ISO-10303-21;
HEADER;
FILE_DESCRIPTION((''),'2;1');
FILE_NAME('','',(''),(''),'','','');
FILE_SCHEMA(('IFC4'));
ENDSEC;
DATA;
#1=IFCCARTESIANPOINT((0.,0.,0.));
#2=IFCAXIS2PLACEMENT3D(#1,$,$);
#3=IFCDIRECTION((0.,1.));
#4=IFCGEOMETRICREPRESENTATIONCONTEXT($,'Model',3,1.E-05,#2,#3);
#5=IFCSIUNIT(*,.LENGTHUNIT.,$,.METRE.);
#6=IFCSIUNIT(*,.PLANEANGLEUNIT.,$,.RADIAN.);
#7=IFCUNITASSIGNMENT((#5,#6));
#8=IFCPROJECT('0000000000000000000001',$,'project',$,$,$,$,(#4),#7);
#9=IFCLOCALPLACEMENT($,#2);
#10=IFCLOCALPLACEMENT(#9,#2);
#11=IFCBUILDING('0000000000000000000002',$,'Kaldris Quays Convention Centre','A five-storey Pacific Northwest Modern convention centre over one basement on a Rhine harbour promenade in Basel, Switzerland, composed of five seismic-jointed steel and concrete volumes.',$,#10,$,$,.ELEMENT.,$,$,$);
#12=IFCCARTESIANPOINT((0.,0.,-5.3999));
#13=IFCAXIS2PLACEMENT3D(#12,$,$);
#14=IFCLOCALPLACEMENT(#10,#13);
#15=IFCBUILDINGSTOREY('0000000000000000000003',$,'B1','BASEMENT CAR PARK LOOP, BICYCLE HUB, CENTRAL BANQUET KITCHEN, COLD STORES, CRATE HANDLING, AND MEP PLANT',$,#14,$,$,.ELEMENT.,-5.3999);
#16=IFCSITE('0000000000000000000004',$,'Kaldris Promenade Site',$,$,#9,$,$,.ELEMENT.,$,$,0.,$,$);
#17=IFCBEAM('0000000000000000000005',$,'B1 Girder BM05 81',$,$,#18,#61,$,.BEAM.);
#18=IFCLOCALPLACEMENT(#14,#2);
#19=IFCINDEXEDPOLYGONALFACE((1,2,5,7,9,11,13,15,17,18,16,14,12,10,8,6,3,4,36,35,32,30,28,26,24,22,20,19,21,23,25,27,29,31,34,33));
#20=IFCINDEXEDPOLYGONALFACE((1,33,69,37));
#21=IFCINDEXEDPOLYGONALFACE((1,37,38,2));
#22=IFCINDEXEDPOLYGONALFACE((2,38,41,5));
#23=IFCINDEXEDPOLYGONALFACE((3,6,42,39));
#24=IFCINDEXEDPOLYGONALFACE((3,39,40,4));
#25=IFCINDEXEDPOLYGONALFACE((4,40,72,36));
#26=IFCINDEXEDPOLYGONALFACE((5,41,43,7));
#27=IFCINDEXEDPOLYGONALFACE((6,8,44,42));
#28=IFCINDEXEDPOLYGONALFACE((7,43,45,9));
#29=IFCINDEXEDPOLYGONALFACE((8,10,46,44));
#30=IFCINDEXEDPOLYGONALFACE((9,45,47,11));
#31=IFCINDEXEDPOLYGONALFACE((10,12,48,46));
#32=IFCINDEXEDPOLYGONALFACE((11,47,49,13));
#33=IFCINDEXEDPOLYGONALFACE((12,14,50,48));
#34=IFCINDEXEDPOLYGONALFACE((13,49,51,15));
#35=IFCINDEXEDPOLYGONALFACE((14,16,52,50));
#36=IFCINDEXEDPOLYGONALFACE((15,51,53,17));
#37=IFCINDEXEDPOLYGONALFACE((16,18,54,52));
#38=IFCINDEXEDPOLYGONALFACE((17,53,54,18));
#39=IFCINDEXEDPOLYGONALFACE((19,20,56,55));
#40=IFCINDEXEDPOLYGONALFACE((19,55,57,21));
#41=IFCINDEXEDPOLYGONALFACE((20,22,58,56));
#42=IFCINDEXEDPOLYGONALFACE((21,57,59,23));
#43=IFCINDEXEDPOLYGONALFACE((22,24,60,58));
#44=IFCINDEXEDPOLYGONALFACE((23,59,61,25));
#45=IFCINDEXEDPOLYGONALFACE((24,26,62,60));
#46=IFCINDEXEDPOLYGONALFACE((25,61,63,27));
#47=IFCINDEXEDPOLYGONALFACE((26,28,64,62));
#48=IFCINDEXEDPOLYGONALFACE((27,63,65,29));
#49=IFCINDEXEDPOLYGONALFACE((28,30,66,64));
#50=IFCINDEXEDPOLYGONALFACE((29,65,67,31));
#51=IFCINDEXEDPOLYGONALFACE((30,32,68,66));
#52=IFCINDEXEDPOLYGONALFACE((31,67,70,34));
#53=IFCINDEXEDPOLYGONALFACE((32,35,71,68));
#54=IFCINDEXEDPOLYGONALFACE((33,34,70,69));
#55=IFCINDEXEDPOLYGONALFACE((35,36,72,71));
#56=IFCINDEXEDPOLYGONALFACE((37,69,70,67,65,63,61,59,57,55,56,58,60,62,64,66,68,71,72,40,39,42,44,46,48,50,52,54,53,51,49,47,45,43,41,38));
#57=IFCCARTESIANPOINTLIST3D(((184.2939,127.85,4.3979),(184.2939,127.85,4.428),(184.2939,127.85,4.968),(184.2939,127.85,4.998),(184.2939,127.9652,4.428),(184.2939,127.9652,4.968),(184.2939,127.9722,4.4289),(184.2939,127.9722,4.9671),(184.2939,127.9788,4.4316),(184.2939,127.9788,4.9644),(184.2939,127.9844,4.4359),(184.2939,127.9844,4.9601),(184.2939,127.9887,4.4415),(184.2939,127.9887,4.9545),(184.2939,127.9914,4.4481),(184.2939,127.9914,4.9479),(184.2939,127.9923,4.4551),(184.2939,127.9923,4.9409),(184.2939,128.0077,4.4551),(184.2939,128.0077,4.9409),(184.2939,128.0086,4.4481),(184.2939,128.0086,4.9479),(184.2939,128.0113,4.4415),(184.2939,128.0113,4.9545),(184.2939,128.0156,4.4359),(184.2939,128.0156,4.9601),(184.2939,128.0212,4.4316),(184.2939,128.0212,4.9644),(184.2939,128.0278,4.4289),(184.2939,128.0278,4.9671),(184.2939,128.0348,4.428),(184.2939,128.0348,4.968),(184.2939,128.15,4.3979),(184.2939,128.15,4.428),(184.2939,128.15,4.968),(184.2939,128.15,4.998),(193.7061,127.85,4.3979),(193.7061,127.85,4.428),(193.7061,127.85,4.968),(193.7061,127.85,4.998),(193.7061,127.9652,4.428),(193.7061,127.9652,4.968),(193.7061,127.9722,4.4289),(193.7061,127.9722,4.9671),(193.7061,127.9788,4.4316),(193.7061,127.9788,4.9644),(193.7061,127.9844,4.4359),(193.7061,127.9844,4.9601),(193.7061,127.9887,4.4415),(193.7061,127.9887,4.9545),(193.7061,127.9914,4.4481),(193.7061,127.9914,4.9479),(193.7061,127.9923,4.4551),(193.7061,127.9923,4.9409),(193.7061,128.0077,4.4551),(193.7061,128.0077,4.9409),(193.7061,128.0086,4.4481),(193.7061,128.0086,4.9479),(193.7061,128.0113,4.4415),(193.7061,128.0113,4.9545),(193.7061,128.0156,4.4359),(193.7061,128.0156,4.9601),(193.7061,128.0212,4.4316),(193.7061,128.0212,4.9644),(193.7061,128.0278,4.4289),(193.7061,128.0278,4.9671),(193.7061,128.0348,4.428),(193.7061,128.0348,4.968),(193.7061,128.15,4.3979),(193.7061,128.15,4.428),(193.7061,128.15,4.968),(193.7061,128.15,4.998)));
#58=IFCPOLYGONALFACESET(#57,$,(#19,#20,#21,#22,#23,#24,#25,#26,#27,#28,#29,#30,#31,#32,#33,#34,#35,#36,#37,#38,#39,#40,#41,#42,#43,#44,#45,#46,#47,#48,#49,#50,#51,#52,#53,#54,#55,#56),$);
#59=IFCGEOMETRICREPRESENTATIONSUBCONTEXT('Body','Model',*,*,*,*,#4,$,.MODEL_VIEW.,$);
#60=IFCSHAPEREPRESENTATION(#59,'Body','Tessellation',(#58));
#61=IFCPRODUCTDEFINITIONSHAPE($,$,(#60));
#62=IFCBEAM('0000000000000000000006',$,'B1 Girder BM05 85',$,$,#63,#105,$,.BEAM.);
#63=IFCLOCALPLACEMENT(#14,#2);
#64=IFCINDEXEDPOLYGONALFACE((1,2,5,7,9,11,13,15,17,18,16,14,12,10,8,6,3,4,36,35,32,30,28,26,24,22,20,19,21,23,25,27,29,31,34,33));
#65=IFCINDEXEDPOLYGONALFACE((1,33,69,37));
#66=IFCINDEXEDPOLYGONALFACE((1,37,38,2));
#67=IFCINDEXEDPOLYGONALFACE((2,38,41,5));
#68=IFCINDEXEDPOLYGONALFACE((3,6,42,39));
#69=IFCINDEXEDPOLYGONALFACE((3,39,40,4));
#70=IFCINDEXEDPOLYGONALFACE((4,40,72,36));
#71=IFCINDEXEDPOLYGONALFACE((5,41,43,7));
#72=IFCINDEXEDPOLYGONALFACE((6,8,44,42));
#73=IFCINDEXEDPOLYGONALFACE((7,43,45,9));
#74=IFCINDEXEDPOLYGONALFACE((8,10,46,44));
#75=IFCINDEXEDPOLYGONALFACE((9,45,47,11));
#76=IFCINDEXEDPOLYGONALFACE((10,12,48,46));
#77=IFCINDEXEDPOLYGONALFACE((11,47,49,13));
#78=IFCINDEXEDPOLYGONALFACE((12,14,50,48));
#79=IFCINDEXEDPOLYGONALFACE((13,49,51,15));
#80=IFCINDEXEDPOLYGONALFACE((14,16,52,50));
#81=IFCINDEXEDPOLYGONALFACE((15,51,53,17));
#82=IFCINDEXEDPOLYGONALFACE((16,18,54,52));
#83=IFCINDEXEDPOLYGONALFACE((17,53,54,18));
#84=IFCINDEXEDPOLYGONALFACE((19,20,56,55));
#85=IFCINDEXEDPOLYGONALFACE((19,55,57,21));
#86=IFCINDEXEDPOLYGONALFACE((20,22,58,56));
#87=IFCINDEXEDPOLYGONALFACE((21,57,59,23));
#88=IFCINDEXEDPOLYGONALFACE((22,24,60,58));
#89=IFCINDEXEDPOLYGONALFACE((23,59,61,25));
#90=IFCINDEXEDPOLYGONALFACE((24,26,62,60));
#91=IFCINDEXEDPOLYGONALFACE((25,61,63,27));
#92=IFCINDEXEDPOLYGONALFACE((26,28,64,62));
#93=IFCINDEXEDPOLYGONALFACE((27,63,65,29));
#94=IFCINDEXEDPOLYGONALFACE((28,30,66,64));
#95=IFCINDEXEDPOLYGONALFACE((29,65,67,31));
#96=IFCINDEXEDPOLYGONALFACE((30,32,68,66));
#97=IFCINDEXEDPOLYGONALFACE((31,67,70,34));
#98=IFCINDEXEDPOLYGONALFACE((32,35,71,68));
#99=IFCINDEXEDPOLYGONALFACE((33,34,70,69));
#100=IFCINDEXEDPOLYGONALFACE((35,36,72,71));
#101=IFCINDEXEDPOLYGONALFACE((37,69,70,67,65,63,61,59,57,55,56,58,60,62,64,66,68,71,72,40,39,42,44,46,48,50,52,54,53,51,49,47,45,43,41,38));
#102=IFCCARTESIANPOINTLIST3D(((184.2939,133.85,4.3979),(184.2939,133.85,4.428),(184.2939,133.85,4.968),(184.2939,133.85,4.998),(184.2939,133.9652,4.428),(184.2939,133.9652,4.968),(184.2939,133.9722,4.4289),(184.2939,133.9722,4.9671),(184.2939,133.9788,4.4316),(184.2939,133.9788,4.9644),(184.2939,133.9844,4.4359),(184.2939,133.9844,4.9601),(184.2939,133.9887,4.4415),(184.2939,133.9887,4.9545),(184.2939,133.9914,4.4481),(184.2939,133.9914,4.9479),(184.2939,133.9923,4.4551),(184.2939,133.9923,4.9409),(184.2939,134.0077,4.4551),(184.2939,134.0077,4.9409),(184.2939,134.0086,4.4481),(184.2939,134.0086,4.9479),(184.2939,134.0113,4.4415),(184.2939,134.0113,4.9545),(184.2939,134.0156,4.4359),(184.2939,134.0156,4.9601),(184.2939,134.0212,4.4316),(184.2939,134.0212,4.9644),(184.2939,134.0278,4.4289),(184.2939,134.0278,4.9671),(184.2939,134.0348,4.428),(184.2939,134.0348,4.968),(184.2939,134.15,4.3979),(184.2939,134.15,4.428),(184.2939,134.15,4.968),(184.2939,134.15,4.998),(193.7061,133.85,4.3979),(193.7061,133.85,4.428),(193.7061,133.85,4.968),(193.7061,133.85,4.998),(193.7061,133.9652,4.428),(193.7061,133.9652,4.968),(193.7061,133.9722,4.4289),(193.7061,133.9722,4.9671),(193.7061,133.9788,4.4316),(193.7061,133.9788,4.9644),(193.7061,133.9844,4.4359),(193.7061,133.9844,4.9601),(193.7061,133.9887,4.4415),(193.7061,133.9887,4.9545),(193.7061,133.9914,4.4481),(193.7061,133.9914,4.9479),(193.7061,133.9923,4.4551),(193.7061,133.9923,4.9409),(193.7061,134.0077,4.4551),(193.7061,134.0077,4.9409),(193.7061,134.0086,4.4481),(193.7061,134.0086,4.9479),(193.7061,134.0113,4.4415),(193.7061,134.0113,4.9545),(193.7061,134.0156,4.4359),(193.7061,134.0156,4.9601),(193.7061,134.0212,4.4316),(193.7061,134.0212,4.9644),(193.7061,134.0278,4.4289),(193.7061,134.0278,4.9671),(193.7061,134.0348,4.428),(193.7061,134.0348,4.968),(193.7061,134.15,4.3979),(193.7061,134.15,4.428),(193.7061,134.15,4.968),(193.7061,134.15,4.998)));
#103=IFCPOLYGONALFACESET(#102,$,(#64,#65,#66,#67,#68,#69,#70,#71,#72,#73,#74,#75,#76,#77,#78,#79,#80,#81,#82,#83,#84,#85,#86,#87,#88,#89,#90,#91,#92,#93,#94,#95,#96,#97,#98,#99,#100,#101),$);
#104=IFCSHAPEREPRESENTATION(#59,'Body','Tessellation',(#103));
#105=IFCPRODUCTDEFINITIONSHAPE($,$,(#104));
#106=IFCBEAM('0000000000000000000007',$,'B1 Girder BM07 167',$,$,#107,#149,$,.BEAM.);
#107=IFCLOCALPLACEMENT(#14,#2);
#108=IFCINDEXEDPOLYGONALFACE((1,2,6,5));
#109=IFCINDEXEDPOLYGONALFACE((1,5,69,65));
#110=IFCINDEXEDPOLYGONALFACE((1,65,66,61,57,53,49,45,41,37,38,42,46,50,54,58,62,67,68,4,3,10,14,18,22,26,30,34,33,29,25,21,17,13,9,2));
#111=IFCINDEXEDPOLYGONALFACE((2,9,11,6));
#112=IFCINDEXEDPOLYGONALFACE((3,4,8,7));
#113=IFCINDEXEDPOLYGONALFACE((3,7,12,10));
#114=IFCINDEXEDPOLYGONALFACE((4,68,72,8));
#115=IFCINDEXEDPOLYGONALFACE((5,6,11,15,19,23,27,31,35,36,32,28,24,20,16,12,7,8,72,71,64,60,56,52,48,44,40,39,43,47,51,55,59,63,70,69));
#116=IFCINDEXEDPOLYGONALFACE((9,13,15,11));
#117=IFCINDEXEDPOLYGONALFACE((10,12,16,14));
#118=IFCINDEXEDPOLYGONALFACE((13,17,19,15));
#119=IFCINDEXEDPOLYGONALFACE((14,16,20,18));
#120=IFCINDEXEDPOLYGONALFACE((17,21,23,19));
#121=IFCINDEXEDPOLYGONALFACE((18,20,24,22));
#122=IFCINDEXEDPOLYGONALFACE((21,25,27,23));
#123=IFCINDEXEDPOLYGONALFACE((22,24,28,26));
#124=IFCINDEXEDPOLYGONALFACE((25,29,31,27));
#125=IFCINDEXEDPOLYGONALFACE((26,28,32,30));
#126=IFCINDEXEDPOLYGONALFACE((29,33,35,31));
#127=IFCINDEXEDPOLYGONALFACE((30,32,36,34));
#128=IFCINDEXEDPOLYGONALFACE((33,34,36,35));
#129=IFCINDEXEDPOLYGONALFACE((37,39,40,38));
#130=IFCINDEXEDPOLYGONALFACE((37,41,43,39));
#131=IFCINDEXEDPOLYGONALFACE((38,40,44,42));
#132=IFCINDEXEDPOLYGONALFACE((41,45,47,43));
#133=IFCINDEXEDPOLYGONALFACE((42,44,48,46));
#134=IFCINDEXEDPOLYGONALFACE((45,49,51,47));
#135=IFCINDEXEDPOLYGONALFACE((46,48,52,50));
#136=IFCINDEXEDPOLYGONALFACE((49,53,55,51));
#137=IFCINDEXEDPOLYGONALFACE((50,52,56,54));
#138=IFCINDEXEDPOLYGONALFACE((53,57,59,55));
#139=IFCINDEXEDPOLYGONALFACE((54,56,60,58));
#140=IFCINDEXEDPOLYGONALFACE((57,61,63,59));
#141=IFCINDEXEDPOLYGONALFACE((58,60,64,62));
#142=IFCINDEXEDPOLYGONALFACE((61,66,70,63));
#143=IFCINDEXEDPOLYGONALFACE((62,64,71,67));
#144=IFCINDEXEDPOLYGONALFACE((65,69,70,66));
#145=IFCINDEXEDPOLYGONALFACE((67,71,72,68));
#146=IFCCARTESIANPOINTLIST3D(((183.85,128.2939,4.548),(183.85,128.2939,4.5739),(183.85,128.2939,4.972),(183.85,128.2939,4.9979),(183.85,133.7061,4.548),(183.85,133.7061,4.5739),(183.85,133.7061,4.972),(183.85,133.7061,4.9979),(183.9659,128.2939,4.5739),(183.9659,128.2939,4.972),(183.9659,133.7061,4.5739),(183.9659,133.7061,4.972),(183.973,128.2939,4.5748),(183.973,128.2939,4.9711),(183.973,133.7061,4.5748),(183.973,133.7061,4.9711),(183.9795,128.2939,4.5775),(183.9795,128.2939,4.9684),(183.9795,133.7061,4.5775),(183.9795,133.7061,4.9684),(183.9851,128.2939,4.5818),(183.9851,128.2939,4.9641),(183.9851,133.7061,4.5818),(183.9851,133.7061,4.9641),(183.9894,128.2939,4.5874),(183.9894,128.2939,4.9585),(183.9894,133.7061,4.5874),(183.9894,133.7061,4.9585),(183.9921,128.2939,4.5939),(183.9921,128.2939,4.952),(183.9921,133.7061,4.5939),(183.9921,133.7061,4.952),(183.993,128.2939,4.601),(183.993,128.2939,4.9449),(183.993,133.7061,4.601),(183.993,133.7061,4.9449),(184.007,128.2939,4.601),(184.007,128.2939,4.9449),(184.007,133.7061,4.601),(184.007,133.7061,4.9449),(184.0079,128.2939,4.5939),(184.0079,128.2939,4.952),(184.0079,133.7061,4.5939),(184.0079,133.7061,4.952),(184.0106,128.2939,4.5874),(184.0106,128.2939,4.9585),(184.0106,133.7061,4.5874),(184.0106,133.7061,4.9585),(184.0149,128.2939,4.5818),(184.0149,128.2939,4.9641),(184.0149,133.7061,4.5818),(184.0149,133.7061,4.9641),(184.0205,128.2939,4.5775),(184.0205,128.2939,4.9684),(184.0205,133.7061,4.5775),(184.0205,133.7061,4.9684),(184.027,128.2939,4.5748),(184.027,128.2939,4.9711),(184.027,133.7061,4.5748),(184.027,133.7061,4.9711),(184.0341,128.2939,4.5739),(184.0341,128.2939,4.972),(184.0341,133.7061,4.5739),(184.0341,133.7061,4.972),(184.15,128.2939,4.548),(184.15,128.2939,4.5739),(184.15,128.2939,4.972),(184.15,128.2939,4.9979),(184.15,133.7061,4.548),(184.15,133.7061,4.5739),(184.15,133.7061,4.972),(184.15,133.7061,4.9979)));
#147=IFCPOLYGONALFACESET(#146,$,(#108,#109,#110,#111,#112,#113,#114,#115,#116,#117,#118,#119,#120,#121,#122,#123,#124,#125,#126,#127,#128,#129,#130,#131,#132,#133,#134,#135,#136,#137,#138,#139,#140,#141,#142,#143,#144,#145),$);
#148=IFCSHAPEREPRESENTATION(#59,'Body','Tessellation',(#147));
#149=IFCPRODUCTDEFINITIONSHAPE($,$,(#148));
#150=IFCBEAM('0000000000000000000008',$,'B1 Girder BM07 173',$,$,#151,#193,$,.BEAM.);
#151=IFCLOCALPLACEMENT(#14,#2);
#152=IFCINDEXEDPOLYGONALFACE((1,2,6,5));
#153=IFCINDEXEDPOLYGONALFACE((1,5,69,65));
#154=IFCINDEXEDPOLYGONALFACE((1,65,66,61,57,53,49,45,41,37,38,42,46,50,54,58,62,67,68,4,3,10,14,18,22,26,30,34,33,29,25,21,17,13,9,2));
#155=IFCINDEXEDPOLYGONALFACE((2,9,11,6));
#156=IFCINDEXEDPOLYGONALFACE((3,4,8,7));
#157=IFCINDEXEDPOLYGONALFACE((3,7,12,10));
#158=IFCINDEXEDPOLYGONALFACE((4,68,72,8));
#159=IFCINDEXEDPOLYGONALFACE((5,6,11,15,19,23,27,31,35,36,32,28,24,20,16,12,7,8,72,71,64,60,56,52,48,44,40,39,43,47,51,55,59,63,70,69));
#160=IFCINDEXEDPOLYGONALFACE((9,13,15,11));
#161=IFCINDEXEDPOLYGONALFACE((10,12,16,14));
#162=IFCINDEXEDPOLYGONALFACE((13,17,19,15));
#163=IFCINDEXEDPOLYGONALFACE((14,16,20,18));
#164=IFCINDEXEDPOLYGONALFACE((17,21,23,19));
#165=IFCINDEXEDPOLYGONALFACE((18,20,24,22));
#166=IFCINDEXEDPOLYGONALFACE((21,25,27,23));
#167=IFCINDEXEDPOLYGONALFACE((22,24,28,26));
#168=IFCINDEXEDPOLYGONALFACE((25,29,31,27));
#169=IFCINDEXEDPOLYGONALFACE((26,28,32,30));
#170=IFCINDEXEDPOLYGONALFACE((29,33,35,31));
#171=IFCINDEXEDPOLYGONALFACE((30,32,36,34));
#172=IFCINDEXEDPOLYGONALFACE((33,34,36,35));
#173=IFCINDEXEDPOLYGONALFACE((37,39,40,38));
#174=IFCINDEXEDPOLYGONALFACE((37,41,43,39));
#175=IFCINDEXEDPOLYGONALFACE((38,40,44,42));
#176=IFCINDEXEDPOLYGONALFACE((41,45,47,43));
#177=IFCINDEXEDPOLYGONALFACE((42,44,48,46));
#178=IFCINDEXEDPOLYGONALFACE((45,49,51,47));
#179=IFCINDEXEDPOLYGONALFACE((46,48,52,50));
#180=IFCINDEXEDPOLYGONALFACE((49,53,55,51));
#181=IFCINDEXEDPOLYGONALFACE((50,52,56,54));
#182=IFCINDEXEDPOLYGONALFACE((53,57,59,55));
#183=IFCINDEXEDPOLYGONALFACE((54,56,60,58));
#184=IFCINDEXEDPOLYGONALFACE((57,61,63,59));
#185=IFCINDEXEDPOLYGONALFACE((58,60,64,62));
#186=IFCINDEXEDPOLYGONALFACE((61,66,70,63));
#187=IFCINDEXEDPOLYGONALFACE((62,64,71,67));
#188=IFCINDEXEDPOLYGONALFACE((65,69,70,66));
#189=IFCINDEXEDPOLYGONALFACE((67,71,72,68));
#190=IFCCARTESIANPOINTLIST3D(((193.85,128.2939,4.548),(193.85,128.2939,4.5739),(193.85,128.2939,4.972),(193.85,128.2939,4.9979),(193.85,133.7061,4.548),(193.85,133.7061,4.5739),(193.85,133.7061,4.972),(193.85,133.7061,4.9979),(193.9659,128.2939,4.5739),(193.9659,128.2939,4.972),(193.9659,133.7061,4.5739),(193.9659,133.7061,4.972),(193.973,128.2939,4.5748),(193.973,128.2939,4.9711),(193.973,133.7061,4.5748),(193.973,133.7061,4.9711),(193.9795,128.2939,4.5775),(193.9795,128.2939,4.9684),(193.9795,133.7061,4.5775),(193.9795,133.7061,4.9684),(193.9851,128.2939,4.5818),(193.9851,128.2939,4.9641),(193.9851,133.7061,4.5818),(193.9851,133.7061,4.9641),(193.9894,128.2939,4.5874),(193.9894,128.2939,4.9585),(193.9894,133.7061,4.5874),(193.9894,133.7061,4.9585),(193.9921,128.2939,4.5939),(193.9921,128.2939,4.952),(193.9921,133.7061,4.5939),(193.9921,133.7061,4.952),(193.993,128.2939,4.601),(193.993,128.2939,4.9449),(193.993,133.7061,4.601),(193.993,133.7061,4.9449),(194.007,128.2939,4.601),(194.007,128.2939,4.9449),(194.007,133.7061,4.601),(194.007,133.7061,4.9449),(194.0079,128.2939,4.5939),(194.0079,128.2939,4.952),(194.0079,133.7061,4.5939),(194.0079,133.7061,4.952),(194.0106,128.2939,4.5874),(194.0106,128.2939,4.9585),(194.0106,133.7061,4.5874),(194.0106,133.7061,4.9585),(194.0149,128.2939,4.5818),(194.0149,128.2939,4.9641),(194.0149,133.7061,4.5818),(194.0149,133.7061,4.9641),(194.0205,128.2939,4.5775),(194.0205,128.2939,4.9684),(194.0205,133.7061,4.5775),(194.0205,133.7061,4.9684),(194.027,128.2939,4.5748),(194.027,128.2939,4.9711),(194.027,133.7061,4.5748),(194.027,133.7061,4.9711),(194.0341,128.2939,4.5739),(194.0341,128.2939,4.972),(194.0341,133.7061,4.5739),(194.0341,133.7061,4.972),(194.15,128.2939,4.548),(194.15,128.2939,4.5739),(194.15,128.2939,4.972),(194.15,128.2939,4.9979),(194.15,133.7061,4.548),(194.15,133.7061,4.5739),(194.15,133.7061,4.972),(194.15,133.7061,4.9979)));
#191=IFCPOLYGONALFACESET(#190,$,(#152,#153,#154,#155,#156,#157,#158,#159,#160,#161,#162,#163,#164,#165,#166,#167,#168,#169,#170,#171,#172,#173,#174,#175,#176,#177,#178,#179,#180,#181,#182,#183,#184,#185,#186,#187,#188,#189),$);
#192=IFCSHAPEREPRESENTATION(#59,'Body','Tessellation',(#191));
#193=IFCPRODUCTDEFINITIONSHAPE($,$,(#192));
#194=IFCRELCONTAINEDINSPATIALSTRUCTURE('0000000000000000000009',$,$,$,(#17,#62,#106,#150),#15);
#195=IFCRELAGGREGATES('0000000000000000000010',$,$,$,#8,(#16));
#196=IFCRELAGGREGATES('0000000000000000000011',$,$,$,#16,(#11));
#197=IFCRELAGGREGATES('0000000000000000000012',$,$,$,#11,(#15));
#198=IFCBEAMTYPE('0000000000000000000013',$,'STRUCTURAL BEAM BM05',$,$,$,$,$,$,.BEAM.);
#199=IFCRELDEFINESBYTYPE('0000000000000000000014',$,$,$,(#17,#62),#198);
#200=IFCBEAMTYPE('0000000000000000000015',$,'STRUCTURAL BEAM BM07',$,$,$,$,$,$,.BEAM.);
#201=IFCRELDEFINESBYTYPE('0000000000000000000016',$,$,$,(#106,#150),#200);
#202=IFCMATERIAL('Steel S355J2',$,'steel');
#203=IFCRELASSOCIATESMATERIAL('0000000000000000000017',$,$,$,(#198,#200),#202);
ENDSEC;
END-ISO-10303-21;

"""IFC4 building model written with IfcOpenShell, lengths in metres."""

from ifc_helpers import new_model, si_unit, direction, frame, origin, origin_2d, place, context, subcontext, project, spatial, i_section, extrude, material, material_profile, profile_set, type_object, element, save


model = new_model("IFC4")

# Units and contexts
model_context = context("Model", 3, precision=1e-05, world=origin(), true_north=direction((0.0, 1.0)))
body_context = subcontext(model_context, "Body", "Model", "MODEL_VIEW")
ifc_project = project(units=[si_unit("LENGTHUNIT", "METRE"), si_unit("PLANEANGLEUNIT", "RADIAN")], contexts=[model_context])

# Site, building, storey
site_placement = place(None, origin())
site = spatial("IfcSite", under=ifc_project, at=site_placement, Name="Kaldris Promenade Site", CompositionType="ELEMENT", RefElevation=0.0)
building_placement = place(site_placement, origin())
building = spatial("IfcBuilding", under=site, at=building_placement, Name="Kaldris Quays Convention Centre", Description="A five-storey Pacific Northwest Modern convention centre over one basement on a Rhine harbour promenade in Basel, Switzerland, composed of five seismic-jointed steel and concrete volumes.", CompositionType="ELEMENT")
storey_placement = place(building_placement, frame((0.0, 0.0, -5.3999)))
storey = spatial("IfcBuildingStorey", under=building, at=storey_placement, Name="B1", Description="BASEMENT CAR PARK LOOP, BICYCLE HUB, CENTRAL BANQUET KITCHEN, COLD STORES, CRATE HANDLING, AND MEP PLANT", CompositionType="ELEMENT", Elevation=-5.3999)

# Beams
ifc_material_1 = material(Name="Steel S355J2", Category="steel")
ifc_material_profile_1 = material_profile(ifc_material_1, i_section(OverallWidth=0.3, OverallDepth=0.6001, WebThickness=0.0154, FlangeThickness=0.03, FilletRadius=0.0271, at=origin_2d()), Name="HEB 600")
ifc_profile_set_1 = profile_set([ifc_material_profile_1], Name="Steel S355J2")
beam_type_1 = type_object("IfcBeamType", Name="STRUCTURAL BEAM BM05", PredefinedType="BEAM", material=ifc_profile_set_1)
for number, where, z_axis, x_axis, name in (
    (1, (184.2939, 128.0, 4.698), (1.0, 0.0, 0.0), (0.0, 1.0, 0.0), "B1 Girder BM05 81"),
    (2, (184.2939, 134.0, 4.698), (1.0, 0.0, 0.0), (0.0, 1.0, 0.0), "B1 Girder BM05 85"),
):
    element("IfcBeam", number, at=place(storey_placement, frame(where, z_axis=z_axis, x_axis=x_axis)), inside=storey, type_object=beam_type_1, Name=name, PredefinedType="BEAM", context=body_context, shape_type="SweptSolid", body=[
        extrude(i_section(OverallWidth=0.3, OverallDepth=0.6001, WebThickness=0.0154, FlangeThickness=0.03, FilletRadius=0.0271, at=origin_2d()), origin(), (0.0, 0.0, 1.0), 9.4121),
    ])
ifc_material_profile_2 = material_profile(ifc_material_1, i_section(OverallWidth=0.3, OverallDepth=0.45, WebThickness=0.0139, FlangeThickness=0.0259, FilletRadius=0.0271, at=origin_2d()), Name="HEB 450")
ifc_profile_set_2 = profile_set([ifc_material_profile_2], Name="Steel S355J2")
beam_type_2 = type_object("IfcBeamType", Name="STRUCTURAL BEAM BM07", PredefinedType="BEAM", material=ifc_profile_set_2)
for number, where, z_axis, x_axis, name in (
    (3, (184.0, 128.2939, 4.7729), (0.0, 1.0, 0.0), (-1.0, 0.0, 0.0), "B1 Girder BM07 167"),
    (4, (194.0, 128.2939, 4.7729), (0.0, 1.0, 0.0), (-1.0, 0.0, 0.0), "B1 Girder BM07 173"),
):
    element("IfcBeam", number, at=place(storey_placement, frame(where, z_axis=z_axis, x_axis=x_axis)), inside=storey, type_object=beam_type_2, Name=name, PredefinedType="BEAM", context=body_context, shape_type="SweptSolid", body=[
        extrude(i_section(OverallWidth=0.3, OverallDepth=0.45, WebThickness=0.0139, FlangeThickness=0.0259, FilletRadius=0.0271, at=origin_2d()), origin(), (0.0, 0.0, 1.0), 5.4121),
    ])

save(model, "model.ifc")
